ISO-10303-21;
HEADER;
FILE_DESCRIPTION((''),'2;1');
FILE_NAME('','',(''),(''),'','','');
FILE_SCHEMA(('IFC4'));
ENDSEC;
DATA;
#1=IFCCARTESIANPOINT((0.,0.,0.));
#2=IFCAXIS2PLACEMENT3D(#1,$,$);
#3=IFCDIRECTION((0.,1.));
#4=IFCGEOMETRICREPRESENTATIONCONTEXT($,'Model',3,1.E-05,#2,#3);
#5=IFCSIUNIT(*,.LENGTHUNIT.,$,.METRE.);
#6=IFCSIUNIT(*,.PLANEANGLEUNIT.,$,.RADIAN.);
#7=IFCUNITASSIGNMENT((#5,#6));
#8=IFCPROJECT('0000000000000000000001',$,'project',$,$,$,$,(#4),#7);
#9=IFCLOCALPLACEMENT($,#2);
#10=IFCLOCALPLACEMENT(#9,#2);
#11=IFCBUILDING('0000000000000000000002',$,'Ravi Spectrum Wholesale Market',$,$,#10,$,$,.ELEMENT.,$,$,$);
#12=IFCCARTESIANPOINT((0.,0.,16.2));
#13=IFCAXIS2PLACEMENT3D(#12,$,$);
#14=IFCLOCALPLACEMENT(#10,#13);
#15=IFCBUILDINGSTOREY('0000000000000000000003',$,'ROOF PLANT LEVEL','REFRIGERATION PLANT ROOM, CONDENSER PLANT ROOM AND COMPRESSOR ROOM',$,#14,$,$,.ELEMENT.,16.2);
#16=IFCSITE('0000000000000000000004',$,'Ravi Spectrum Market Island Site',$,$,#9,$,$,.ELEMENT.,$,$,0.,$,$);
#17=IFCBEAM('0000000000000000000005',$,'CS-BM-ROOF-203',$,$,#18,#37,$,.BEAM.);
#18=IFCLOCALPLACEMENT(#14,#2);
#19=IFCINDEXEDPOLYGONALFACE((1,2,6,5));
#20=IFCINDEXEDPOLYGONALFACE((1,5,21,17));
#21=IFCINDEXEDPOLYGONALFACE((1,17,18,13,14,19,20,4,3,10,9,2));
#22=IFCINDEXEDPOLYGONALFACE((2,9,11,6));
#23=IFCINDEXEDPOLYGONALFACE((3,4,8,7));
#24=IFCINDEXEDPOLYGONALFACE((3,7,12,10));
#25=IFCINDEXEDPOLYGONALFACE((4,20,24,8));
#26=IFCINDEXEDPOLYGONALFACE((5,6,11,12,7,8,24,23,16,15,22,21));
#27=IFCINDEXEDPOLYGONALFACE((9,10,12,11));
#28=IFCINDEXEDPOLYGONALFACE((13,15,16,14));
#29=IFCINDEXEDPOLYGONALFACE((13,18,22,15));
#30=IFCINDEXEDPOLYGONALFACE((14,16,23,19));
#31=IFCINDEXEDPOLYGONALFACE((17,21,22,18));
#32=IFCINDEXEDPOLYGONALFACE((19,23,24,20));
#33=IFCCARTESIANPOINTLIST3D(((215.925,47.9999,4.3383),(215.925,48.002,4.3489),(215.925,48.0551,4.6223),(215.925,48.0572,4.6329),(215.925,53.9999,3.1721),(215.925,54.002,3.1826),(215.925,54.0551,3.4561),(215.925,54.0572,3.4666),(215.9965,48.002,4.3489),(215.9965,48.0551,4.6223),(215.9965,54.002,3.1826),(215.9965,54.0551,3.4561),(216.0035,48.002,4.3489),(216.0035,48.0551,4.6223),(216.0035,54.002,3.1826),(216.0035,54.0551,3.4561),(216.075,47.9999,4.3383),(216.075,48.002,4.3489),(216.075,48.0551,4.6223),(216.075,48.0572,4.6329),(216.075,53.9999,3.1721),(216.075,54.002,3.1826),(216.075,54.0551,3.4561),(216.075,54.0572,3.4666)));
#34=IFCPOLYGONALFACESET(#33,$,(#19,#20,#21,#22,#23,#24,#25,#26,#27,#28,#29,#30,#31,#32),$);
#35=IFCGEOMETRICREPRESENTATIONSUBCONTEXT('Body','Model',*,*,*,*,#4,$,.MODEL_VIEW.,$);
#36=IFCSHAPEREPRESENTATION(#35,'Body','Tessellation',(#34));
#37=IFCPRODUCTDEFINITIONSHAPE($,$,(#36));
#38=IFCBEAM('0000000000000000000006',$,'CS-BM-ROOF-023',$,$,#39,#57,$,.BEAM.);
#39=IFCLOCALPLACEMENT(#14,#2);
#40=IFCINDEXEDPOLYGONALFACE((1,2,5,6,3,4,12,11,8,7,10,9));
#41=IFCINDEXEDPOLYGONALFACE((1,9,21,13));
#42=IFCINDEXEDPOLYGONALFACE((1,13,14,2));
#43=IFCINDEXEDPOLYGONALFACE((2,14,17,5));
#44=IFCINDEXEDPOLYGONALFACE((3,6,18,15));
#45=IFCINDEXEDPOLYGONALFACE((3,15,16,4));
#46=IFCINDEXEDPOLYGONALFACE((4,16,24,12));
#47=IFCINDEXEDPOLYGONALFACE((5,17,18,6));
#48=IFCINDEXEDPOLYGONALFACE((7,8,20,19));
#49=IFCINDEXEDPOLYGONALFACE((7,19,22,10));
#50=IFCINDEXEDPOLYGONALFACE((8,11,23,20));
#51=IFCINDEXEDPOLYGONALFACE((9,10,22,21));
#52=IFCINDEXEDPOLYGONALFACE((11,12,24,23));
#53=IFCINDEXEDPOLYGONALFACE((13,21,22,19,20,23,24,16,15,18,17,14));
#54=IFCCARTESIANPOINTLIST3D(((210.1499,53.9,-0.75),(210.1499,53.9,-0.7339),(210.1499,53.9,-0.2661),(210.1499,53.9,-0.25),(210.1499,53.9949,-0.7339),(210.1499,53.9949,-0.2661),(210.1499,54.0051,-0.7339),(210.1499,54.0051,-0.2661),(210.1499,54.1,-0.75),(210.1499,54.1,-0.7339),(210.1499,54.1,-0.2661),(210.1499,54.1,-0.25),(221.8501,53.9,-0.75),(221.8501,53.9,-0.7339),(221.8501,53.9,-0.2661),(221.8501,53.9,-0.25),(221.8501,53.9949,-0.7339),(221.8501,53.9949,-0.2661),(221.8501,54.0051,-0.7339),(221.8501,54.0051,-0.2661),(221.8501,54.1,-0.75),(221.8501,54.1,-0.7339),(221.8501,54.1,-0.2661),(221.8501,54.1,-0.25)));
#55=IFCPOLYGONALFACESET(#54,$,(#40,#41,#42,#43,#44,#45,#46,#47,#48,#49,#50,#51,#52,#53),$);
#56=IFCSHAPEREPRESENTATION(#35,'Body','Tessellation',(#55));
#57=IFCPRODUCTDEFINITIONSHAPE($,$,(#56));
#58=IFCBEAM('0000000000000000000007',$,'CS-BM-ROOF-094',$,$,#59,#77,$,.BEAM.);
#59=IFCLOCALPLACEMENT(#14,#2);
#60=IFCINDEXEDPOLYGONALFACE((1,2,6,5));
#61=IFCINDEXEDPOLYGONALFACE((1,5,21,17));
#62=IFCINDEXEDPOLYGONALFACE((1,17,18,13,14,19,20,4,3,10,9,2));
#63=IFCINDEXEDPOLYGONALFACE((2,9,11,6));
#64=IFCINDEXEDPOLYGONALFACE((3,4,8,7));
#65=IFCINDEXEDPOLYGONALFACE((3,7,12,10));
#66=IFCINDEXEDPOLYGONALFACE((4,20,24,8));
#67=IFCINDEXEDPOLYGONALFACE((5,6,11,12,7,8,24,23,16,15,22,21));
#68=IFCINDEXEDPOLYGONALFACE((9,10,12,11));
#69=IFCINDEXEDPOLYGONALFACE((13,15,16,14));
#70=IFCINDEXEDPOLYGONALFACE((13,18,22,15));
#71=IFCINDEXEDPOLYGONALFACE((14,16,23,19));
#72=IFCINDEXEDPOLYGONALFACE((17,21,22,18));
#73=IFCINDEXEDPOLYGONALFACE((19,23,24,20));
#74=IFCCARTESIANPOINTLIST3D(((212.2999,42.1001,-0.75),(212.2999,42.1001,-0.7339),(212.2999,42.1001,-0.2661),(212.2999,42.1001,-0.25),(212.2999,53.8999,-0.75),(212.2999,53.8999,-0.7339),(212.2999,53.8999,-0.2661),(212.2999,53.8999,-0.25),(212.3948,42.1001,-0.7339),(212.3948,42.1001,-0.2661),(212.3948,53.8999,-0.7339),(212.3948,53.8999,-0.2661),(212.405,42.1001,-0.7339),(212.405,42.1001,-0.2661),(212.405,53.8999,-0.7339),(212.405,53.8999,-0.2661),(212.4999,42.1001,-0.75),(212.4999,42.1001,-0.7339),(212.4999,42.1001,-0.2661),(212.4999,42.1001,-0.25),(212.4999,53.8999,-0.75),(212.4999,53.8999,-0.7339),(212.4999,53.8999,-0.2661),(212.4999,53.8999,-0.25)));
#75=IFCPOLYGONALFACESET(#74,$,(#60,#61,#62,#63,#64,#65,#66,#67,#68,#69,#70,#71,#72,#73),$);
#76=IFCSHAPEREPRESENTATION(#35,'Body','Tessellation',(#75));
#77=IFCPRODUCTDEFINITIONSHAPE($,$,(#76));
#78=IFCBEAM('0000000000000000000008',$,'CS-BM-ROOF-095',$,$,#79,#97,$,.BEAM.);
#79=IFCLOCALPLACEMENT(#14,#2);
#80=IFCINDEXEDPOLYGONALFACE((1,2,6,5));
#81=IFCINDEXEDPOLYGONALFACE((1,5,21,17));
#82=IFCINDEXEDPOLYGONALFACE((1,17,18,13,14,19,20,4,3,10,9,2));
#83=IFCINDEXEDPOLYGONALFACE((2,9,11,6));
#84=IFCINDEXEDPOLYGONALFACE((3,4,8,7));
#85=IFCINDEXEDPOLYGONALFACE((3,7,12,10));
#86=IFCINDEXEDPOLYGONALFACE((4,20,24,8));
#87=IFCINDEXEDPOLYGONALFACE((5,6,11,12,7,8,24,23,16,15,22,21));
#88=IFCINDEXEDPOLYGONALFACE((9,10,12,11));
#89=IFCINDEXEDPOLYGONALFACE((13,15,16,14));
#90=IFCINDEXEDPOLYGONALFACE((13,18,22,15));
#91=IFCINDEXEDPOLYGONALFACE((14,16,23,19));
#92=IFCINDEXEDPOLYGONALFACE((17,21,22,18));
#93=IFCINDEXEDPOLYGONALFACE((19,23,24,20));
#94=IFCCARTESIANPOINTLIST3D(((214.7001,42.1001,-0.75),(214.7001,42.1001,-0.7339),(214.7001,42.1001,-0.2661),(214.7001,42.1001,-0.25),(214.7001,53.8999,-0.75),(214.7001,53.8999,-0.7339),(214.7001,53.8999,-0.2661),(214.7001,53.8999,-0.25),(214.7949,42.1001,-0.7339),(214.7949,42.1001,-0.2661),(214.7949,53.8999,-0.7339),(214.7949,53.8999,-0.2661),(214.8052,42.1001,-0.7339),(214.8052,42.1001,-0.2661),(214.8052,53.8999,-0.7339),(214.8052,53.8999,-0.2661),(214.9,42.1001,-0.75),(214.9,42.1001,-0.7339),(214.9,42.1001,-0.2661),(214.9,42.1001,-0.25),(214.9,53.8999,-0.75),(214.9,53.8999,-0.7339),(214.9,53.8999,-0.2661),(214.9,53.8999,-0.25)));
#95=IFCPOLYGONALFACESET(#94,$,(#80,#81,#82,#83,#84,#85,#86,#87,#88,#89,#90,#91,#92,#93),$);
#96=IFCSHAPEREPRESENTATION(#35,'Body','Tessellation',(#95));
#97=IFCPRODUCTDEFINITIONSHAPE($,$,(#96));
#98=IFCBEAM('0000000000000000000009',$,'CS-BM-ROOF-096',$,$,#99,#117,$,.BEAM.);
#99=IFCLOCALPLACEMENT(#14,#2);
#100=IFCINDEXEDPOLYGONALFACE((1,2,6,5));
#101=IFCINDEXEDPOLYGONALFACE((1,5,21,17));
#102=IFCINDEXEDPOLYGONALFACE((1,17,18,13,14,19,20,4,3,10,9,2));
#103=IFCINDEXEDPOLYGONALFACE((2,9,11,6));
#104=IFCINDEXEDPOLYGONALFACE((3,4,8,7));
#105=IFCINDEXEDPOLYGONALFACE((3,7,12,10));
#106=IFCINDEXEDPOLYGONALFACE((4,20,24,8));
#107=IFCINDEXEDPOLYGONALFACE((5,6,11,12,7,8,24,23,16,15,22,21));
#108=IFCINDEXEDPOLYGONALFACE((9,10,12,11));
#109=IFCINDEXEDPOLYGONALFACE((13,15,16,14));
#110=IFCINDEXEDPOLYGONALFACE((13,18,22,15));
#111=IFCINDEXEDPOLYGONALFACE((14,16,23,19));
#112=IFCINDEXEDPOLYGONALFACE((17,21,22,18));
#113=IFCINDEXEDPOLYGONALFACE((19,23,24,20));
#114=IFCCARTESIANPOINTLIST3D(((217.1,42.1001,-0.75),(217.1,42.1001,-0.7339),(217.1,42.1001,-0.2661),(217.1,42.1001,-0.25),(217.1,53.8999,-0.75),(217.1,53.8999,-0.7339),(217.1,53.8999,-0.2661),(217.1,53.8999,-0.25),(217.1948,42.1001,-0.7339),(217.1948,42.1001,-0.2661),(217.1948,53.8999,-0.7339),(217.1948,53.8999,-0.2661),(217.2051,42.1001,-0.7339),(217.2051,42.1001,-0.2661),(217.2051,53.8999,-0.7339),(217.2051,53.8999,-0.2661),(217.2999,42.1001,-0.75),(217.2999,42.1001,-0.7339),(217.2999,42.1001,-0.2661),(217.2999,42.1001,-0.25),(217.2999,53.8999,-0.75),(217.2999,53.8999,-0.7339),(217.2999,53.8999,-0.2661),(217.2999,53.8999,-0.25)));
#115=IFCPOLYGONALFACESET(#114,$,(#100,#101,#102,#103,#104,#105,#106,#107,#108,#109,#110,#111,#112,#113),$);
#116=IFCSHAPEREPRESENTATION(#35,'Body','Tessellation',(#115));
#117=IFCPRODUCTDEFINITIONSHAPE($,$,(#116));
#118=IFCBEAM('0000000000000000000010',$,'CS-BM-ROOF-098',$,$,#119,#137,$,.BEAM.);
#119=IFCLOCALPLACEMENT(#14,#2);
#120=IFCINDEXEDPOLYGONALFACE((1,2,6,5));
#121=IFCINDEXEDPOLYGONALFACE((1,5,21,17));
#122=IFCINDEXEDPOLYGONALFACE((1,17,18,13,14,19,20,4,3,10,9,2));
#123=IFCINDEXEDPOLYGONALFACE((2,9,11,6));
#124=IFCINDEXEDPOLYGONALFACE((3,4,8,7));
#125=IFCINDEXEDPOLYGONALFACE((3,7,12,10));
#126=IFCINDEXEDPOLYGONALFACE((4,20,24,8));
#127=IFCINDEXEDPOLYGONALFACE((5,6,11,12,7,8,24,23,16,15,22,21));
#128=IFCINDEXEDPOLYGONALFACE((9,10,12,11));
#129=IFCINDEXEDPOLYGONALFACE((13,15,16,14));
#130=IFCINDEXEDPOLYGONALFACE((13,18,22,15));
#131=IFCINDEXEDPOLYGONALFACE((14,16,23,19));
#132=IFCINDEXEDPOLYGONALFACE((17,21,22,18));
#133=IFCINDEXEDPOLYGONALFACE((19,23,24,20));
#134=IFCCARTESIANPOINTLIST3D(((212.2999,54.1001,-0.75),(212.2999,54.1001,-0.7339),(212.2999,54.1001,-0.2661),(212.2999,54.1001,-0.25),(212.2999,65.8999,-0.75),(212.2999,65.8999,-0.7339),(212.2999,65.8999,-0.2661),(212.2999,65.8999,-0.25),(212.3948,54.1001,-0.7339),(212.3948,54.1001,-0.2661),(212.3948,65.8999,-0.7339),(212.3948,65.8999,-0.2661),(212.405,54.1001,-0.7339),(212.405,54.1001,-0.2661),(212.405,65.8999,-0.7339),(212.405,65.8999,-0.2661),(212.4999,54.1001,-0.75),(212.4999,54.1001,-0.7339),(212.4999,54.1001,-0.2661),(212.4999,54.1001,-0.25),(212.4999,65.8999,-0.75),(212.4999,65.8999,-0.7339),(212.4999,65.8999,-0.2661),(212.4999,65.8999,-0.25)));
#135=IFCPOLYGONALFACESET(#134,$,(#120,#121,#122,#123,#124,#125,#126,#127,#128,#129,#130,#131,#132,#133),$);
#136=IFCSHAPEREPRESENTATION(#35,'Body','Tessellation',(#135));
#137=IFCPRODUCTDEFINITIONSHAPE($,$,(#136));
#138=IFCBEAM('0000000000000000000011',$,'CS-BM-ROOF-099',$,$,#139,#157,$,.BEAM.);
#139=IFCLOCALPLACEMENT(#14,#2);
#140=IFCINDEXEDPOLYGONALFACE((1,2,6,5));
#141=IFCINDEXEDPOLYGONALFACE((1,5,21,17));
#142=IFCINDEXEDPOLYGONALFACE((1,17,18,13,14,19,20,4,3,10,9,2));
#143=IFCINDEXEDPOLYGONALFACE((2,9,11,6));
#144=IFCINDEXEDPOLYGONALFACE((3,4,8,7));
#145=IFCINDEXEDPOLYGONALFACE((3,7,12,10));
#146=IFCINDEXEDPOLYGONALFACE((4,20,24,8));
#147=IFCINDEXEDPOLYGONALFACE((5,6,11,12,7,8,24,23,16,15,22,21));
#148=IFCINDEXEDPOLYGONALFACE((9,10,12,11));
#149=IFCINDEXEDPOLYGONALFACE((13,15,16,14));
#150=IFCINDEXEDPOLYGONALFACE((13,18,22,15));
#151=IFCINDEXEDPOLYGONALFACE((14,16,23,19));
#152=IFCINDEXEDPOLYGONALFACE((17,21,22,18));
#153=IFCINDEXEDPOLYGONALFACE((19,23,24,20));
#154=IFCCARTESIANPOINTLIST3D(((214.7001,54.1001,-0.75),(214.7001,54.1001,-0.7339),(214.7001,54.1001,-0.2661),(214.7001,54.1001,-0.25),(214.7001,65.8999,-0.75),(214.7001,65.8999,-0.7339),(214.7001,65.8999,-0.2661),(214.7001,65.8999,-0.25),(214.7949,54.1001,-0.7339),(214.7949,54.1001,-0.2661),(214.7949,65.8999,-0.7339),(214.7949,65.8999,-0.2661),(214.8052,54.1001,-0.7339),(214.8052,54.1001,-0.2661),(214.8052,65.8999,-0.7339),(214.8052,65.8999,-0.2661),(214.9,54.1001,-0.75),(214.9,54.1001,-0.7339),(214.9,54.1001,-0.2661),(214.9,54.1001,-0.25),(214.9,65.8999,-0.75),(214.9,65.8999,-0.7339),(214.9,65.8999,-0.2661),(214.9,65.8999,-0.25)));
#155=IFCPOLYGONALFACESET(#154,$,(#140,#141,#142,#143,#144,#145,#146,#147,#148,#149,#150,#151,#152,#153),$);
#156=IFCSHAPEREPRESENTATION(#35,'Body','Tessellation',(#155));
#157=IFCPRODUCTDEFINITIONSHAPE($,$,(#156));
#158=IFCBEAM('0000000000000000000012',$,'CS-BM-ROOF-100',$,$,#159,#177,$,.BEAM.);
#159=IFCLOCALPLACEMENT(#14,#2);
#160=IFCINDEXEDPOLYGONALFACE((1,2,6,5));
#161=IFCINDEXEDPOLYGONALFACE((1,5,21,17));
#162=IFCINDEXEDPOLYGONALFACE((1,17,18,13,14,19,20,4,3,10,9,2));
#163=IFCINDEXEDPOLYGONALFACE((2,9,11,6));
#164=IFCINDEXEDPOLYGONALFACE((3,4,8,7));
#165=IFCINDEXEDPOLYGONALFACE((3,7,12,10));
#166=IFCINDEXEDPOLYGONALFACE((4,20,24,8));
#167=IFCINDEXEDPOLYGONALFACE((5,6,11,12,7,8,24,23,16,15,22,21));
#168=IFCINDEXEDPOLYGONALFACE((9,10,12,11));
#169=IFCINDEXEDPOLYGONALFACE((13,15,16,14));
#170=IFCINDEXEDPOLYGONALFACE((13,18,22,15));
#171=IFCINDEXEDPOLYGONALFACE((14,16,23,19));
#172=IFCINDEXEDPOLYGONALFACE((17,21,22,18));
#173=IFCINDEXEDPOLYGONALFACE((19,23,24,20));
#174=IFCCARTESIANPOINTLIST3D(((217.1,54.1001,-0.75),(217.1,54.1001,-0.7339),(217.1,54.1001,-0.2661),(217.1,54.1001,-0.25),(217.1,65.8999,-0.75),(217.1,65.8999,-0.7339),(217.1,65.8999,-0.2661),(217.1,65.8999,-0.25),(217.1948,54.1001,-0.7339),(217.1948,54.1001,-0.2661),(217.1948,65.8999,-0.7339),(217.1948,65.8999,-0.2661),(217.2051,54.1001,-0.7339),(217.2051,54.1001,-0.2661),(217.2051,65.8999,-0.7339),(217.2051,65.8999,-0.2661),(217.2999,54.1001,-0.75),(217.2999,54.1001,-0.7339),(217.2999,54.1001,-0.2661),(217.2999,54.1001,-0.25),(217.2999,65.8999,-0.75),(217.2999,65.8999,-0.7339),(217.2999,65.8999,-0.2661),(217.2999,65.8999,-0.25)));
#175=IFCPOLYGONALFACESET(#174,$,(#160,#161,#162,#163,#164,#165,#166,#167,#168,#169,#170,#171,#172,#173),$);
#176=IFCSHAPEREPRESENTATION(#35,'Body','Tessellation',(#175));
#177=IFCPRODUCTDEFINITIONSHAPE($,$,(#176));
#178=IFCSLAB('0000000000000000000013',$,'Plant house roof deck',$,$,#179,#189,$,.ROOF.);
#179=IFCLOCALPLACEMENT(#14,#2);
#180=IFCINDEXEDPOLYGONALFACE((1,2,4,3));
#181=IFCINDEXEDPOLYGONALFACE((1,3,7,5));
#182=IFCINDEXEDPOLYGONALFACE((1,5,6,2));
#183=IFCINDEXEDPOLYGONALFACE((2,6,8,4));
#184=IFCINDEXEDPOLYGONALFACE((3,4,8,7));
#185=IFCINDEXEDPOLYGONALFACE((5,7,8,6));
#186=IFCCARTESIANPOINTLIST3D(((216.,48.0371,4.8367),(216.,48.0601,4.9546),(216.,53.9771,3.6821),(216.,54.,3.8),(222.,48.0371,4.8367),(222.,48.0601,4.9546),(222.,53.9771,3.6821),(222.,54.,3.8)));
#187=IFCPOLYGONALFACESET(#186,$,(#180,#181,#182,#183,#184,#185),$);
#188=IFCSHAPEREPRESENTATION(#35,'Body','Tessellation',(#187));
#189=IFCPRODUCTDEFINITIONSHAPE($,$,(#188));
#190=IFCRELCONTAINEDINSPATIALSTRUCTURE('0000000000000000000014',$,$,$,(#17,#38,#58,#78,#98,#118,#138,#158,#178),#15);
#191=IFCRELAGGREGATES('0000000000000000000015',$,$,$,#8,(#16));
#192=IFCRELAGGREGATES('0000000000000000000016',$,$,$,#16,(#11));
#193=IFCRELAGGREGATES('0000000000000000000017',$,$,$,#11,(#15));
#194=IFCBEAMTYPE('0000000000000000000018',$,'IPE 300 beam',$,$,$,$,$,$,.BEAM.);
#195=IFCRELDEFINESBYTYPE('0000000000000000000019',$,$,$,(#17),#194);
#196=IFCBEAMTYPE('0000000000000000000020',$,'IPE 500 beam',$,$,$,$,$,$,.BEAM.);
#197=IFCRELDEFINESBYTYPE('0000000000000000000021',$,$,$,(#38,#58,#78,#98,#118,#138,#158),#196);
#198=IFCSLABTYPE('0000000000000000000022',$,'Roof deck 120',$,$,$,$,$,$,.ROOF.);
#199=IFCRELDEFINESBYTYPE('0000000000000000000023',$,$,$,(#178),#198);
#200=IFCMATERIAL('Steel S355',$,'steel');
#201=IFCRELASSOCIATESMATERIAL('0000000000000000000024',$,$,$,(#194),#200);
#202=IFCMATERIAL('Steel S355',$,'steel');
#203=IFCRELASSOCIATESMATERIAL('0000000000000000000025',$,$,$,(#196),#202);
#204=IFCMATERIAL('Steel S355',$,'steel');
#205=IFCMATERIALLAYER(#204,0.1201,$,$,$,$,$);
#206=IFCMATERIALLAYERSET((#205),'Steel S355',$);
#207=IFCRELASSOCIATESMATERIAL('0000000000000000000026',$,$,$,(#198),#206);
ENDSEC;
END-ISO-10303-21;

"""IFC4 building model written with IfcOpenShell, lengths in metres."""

from ifc_helpers import new_model, si_unit, direction, frame, origin, origin_2d, place, context, subcontext, project, spatial, polyline, i_section, outline, extrude, material, layer, layer_set, material_profile, profile_set, type_object, element, save


model = new_model("IFC4")

# Units and contexts
model_context = context("Model", 3, precision=1e-05, world=origin(), true_north=direction((0.0, 1.0)))
body_context = subcontext(model_context, "Body", "Model", "MODEL_VIEW")
ifc_project = project(units=[si_unit("LENGTHUNIT", "METRE"), si_unit("PLANEANGLEUNIT", "RADIAN")], contexts=[model_context])

# Site, building, storey
site_placement = place(None, origin())
site = spatial("IfcSite", under=ifc_project, at=site_placement, Name="Ravi Spectrum Market Island Site", CompositionType="ELEMENT", RefElevation=0.0)
building_placement = place(site_placement, origin())
building = spatial("IfcBuilding", under=site, at=building_placement, Name="Ravi Spectrum Wholesale Market", CompositionType="ELEMENT")
storey_placement = place(building_placement, frame((0.0, 0.0, 16.2)))
storey = spatial("IfcBuildingStorey", under=building, at=storey_placement, Name="ROOF PLANT LEVEL", Description="REFRIGERATION PLANT ROOM, CONDENSER PLANT ROOM AND COMPRESSOR ROOM", CompositionType="ELEMENT", Elevation=16.2)

# Beams
ifc_material_1 = material(Name="Steel S355", Category="steel")
ifc_material_profile_1 = material_profile(ifc_material_1, i_section(OverallWidth=0.1499, OverallDepth=0.3, WebThickness=0.0071, FlangeThickness=0.0107, at=origin_2d()))
ifc_profile_set_1 = profile_set([ifc_material_profile_1], Name="Steel S355")
beam_type_1 = type_object("IfcBeamType", Name="IPE 300 beam", PredefinedType="BEAM", material=ifc_profile_set_1)
for number, where, z_axis, x_axis, name in (
    (1, (216.0, 54.0286, 3.3193), (0.0, -0.981628, 0.190806), (1.0, 0.0, 0.0), "CS-BM-ROOF-203"),
):
    element("IfcBeam", number, at=place(storey_placement, frame(where, z_axis=z_axis, x_axis=x_axis)), inside=storey, type_object=beam_type_1, Name=name, PredefinedType="BEAM", context=body_context, shape_type="SweptSolid", body=[
        extrude(i_section(OverallWidth=0.1499, OverallDepth=0.3, WebThickness=0.0071, FlangeThickness=0.0107, at=origin_2d()), origin(), (0.0, 0.0, 1.0), 6.1123),
    ])
ifc_material_2 = material(Name="Steel S355", Category="steel")
ifc_material_profile_2 = material_profile(ifc_material_2, i_section(OverallWidth=0.2, OverallDepth=0.5, WebThickness=0.0103, FlangeThickness=0.0161, at=origin_2d()))
ifc_profile_set_2 = profile_set([ifc_material_profile_2], Name="Steel S355")
beam_type_2 = type_object("IfcBeamType", Name="IPE 500 beam", PredefinedType="BEAM", material=ifc_profile_set_2)
beam_placement = place(storey_placement, frame((210.1499, 54.0, -0.5), z_axis=(1.0, 0.0, 0.0), x_axis=(0.0, 1.0, 0.0)))
element("IfcBeam", 2, at=beam_placement, inside=storey, type_object=beam_type_2, Name="CS-BM-ROOF-023", PredefinedType="BEAM", context=body_context, shape_type="SweptSolid", body=[
    extrude(i_section(OverallWidth=0.2, OverallDepth=0.5, WebThickness=0.0103, FlangeThickness=0.0161, at=origin_2d()), origin(), (0.0, 0.0, 1.0), 11.7002),
])
for number, where, z_axis, x_axis, name in (
    (3, (212.3999, 42.1001, -0.5), (0.0, 1.0, 0.0), (-1.0, 0.0, 0.0), "CS-BM-ROOF-094"),
    (4, (214.8, 42.1001, -0.5), (0.0, 1.0, 0.0), (-1.0, 0.0, 0.0), "CS-BM-ROOF-095"),
    (5, (217.2, 42.1001, -0.5), (0.0, 1.0, 0.0), (-1.0, 0.0, 0.0), "CS-BM-ROOF-096"),
    (6, (212.3999, 54.1001, -0.5), (0.0, 1.0, 0.0), (-1.0, 0.0, 0.0), "CS-BM-ROOF-098"),
    (7, (214.8, 54.1001, -0.5), (0.0, 1.0, 0.0), (-1.0, 0.0, 0.0), "CS-BM-ROOF-099"),
    (8, (217.2, 54.1001, -0.5), (0.0, 1.0, 0.0), (-1.0, 0.0, 0.0), "CS-BM-ROOF-100"),
):
    element("IfcBeam", number, at=place(storey_placement, frame(where, z_axis=z_axis, x_axis=x_axis)), inside=storey, type_object=beam_type_2, Name=name, PredefinedType="BEAM", context=body_context, shape_type="SweptSolid", body=[
        extrude(i_section(OverallWidth=0.2, OverallDepth=0.5, WebThickness=0.0103, FlangeThickness=0.0161, at=origin_2d()), origin(), (0.0, 0.0, 1.0), 11.7998),
    ])

# Slab
ifc_material_3 = material(Name="Steel S355", Category="steel")
ifc_layer_1 = layer(ifc_material_3, 0.1201)
ifc_layer_set_1 = layer_set([ifc_layer_1], Name="Steel S355")
slab_type = type_object("IfcSlabType", Name="Roof deck 120", PredefinedType="ROOF", material=ifc_layer_set_1)
slab_placement = place(storey_placement, frame((216.0, 54.0, 3.8), z_axis=(0.0, 0.190798, 0.981629), x_axis=(1.0, 0.0, 0.0)))
element("IfcSlab", 9, at=slab_placement, inside=storey, type_object=slab_type, Name="Plant house roof deck", PredefinedType="ROOF", context=body_context, shape_type="SweptSolid", body=[
    extrude(outline(polyline([(0.0, 0.0), (6.0, 0.0), (6.0, -6.0511), (0.0, -6.0511), (0.0, 0.0)])), origin(), (0.0, 0.0, -1.0), 0.1201),
])

save(model, "model.ifc")
